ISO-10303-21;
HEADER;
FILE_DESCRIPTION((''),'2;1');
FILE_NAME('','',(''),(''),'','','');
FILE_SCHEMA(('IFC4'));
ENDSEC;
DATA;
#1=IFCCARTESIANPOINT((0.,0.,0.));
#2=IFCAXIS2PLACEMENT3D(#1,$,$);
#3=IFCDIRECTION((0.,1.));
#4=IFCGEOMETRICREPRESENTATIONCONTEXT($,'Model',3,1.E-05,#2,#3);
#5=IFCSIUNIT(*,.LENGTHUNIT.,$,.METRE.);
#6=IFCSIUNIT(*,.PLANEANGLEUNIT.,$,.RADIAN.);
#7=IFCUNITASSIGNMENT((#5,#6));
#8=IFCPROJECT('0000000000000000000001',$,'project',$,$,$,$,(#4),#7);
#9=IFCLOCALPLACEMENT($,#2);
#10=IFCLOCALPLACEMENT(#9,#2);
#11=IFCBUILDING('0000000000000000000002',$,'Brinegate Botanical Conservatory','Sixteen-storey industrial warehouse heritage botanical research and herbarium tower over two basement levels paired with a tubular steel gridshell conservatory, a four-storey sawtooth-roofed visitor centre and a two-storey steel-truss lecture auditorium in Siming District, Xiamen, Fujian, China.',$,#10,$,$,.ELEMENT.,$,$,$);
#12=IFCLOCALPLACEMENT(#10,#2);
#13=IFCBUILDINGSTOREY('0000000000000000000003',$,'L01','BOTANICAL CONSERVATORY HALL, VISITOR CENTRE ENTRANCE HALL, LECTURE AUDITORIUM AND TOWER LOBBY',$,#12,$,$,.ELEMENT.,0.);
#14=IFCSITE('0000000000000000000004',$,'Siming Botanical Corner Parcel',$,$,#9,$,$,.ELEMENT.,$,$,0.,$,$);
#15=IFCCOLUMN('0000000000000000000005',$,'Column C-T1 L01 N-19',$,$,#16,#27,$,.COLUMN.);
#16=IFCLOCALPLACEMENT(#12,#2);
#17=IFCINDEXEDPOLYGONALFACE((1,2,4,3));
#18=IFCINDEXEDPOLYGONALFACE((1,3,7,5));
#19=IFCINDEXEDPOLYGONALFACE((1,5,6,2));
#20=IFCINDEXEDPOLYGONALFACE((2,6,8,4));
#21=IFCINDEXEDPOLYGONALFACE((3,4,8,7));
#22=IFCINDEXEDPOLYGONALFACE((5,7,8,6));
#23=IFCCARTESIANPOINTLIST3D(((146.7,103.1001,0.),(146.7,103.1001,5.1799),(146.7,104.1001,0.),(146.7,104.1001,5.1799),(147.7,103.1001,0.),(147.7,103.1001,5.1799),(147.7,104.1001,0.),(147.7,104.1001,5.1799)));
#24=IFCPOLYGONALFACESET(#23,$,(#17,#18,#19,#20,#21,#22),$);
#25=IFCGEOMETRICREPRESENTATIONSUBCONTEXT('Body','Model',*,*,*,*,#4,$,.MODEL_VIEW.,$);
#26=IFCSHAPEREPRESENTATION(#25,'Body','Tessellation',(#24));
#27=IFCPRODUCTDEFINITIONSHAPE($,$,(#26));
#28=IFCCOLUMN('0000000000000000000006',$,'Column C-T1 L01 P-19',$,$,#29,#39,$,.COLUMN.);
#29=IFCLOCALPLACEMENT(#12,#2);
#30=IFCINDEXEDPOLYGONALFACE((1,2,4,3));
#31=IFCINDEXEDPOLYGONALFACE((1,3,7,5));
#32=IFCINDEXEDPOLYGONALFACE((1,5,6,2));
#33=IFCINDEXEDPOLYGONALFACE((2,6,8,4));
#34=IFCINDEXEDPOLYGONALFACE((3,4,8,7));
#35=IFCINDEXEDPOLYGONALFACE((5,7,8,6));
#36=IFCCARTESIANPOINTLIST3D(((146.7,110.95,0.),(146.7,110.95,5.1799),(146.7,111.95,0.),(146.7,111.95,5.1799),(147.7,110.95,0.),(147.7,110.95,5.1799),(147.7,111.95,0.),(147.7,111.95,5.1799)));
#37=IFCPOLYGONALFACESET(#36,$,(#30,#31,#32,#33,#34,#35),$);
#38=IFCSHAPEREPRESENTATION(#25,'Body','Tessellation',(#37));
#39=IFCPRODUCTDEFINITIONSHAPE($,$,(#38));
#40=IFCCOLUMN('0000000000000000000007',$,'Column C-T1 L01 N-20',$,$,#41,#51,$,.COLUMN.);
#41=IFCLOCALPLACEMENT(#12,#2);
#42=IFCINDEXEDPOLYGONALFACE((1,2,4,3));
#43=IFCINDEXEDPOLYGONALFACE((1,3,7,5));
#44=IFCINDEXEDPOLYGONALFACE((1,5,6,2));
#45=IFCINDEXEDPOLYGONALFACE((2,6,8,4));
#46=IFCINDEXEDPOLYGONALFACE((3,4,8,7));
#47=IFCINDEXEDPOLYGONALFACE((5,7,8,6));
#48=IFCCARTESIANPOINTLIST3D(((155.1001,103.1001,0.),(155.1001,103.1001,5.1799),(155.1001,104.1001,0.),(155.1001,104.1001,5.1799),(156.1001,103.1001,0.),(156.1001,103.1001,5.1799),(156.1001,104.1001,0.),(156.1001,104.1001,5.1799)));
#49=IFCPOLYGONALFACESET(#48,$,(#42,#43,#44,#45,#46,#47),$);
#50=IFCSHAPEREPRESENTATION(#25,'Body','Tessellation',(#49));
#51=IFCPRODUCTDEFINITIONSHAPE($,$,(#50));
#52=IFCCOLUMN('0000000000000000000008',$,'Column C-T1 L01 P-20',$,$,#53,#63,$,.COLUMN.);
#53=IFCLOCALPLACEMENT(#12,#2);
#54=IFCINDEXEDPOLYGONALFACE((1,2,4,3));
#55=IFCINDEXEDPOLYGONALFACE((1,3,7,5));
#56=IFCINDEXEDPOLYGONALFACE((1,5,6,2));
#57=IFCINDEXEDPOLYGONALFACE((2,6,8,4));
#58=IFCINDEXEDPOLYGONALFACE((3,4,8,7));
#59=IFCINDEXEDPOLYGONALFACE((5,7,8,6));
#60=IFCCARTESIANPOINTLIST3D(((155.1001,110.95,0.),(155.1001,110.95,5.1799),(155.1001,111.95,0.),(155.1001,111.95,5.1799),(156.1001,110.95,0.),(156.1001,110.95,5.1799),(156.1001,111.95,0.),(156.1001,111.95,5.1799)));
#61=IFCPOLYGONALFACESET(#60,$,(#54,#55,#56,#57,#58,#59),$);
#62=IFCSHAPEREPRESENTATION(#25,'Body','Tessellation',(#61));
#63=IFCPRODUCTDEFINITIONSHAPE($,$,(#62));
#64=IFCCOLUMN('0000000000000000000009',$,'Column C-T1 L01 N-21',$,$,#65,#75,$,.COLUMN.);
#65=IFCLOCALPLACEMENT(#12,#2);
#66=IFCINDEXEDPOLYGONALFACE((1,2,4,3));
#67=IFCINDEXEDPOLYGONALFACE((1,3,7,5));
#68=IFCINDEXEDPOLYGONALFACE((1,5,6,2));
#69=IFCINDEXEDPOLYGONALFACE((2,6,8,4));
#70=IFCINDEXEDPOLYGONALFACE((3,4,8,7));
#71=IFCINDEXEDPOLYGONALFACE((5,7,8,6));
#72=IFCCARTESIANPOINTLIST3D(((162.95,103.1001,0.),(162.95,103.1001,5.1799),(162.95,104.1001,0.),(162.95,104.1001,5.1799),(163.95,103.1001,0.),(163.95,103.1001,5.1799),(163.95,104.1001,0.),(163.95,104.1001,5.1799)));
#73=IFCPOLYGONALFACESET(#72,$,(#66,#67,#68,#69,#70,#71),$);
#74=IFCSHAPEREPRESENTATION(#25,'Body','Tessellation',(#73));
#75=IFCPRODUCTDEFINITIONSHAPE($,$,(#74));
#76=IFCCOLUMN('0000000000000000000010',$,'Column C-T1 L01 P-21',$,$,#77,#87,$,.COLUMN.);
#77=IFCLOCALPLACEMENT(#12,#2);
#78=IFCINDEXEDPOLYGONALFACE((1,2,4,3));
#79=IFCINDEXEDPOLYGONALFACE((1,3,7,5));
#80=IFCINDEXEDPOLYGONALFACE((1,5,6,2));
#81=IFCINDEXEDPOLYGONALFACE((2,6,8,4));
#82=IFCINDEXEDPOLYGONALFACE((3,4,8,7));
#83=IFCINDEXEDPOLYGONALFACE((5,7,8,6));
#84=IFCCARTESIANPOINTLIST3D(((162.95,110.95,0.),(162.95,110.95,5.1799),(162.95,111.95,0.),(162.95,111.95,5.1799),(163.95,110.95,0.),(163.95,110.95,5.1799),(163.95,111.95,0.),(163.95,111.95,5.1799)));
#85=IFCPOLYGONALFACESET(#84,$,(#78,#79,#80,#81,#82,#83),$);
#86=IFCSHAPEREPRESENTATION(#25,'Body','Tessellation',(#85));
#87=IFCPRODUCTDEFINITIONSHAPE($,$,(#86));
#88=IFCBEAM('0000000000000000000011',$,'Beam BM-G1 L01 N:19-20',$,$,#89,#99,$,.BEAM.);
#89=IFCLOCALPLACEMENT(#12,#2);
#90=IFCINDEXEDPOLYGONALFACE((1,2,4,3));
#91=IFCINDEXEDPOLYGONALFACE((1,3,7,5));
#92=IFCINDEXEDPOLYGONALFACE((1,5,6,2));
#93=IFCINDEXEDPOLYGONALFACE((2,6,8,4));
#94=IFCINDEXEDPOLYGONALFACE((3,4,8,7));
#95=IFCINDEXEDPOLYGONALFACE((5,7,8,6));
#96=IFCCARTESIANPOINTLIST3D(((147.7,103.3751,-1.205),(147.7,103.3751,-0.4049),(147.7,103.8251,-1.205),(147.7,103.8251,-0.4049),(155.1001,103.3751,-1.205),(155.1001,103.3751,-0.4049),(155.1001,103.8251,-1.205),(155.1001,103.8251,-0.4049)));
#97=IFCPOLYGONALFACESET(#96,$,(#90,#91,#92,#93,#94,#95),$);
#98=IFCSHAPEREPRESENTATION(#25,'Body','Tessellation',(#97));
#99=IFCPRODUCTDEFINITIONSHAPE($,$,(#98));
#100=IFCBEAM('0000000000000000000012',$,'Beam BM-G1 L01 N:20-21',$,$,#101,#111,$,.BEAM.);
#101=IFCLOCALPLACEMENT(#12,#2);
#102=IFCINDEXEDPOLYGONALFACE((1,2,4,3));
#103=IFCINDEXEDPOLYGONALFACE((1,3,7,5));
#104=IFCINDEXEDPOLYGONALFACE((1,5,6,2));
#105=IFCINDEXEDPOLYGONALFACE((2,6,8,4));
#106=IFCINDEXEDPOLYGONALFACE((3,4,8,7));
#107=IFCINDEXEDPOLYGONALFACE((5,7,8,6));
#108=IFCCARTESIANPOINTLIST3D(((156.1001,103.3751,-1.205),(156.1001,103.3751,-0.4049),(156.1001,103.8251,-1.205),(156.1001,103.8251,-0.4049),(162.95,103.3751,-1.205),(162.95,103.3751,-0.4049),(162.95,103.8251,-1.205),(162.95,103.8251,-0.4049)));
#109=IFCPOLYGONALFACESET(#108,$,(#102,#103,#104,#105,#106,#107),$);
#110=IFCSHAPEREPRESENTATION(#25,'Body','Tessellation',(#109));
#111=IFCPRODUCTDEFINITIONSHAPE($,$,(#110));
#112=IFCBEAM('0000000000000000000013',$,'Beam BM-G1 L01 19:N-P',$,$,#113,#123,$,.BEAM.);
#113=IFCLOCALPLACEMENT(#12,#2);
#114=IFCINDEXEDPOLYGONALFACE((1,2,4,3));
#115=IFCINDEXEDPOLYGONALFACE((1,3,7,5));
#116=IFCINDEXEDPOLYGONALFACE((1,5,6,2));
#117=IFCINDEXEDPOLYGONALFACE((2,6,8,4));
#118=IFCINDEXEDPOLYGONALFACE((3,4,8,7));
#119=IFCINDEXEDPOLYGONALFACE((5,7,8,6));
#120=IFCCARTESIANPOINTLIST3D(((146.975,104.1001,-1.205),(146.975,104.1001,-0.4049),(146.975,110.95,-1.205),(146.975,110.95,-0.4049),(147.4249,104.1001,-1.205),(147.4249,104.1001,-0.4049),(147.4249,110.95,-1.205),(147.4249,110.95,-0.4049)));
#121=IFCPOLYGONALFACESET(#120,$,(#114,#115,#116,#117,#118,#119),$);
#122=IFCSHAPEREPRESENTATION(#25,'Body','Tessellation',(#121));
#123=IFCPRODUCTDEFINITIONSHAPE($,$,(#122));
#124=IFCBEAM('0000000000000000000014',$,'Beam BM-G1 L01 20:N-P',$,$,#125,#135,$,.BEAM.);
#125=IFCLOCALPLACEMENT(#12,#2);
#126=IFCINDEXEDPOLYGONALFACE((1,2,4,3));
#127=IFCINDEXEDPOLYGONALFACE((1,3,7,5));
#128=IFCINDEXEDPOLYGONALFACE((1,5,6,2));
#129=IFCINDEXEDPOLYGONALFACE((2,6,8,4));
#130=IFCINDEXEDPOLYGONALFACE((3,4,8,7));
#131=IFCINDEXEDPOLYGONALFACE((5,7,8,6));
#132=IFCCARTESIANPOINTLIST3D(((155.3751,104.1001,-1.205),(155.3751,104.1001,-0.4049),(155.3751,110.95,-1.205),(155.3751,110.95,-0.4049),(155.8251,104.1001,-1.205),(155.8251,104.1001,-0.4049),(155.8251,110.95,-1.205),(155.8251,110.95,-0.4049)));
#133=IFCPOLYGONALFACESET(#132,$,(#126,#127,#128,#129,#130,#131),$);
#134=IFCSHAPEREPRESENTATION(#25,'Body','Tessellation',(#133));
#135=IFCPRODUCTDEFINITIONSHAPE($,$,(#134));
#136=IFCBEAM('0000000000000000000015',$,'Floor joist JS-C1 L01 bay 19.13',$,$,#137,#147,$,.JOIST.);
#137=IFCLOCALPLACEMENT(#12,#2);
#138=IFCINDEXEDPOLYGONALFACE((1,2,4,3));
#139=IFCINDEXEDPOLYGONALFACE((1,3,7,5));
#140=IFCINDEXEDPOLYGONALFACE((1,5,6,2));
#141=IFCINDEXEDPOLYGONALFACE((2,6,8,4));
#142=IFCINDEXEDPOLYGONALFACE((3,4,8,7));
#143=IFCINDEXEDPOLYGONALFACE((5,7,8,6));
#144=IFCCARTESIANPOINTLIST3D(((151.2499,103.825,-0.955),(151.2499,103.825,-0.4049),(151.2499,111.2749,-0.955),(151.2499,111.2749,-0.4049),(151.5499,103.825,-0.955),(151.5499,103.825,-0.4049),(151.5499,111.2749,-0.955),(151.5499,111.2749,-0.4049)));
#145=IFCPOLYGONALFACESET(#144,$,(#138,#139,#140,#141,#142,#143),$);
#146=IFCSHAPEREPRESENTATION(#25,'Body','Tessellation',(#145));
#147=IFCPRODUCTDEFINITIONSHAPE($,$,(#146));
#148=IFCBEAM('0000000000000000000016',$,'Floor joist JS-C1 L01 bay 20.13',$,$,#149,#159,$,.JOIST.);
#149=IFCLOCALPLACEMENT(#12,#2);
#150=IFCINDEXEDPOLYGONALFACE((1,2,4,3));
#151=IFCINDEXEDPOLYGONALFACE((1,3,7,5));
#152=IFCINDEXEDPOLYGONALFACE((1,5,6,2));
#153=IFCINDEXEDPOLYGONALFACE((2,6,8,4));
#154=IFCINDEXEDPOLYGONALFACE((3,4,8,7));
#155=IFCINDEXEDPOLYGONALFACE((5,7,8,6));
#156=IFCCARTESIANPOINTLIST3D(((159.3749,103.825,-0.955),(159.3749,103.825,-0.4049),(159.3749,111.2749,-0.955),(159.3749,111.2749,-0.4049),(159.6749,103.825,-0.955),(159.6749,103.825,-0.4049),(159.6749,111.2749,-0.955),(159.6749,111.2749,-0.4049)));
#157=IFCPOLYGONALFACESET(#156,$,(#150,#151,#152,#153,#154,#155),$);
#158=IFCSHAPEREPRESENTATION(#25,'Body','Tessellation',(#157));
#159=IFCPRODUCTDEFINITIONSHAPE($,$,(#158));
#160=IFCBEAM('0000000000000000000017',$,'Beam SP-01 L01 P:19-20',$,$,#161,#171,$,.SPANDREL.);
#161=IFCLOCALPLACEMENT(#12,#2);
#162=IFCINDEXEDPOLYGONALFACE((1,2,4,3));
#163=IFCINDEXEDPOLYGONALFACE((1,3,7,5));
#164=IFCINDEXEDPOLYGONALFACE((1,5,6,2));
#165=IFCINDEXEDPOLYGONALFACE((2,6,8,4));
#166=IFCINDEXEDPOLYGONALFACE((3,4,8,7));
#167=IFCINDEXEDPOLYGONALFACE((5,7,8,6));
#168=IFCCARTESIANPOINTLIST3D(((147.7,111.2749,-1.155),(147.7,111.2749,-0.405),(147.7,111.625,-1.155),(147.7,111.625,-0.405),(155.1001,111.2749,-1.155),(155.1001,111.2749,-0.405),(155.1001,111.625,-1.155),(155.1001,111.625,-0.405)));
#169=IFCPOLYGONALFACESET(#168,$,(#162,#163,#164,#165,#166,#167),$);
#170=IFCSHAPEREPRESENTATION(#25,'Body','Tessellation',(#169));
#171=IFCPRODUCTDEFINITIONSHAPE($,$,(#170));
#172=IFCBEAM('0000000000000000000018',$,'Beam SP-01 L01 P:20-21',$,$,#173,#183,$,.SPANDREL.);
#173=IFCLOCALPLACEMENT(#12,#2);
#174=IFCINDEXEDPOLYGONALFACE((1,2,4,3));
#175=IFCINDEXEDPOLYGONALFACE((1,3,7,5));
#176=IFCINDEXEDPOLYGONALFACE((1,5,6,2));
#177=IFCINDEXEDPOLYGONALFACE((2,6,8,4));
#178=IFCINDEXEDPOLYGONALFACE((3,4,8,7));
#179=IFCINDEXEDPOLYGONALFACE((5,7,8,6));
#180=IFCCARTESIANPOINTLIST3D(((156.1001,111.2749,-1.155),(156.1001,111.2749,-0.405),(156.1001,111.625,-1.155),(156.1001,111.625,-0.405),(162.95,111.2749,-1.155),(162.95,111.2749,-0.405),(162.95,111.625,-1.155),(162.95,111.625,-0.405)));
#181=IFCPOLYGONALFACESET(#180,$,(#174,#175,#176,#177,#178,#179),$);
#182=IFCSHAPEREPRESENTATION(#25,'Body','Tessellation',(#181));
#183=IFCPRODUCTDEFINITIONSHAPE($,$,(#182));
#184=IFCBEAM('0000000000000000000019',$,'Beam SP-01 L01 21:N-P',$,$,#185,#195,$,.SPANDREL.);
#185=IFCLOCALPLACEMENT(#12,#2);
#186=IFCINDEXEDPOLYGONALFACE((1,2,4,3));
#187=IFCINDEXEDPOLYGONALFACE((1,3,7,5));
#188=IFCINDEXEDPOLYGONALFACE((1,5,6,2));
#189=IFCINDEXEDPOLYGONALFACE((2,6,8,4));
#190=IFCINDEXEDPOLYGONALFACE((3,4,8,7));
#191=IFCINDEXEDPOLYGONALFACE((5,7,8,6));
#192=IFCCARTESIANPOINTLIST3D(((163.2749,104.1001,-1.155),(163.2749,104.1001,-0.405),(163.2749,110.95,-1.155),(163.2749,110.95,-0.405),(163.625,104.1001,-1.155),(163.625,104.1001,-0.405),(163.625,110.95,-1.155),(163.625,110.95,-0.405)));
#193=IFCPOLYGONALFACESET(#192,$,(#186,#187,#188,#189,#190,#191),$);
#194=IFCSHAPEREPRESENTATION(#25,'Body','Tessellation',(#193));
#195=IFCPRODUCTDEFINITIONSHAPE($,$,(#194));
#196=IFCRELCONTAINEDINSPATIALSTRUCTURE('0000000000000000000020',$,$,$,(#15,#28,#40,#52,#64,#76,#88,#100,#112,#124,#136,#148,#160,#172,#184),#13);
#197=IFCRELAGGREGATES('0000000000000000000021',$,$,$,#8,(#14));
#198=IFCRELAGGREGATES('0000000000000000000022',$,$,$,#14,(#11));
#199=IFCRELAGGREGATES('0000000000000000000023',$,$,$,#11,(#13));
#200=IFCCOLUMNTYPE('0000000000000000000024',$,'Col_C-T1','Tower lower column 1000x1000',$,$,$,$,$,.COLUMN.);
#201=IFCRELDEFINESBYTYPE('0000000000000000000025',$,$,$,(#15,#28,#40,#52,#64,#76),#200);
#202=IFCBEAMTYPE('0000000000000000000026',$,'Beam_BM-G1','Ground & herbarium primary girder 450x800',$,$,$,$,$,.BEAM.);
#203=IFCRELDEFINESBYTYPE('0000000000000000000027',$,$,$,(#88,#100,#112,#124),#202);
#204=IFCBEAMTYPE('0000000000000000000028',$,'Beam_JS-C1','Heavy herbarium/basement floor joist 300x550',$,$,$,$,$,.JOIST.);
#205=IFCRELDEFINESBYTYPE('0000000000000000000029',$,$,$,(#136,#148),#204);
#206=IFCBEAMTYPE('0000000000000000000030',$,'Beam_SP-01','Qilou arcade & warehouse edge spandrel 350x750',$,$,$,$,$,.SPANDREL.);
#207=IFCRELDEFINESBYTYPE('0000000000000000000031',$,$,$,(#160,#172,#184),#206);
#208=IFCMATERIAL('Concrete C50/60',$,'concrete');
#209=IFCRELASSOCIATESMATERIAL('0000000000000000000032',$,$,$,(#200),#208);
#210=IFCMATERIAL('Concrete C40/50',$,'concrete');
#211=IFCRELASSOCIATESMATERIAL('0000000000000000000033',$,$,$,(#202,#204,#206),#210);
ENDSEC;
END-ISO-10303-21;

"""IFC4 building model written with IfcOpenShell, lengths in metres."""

from ifc_helpers import new_model, si_unit, direction, frame, origin, origin_2d, place, context, subcontext, project, spatial, rectangle, extrude, material, material_profile, profile_set, type_object, element, save


model = new_model("IFC4")

# Units and contexts
model_context = context("Model", 3, precision=1e-05, world=origin(), true_north=direction((0.0, 1.0)))
body_context = subcontext(model_context, "Body", "Model", "MODEL_VIEW")
ifc_project = project(units=[si_unit("LENGTHUNIT", "METRE"), si_unit("PLANEANGLEUNIT", "RADIAN")], contexts=[model_context])

# Site, building, storey
site_placement = place(None, origin())
site = spatial("IfcSite", under=ifc_project, at=site_placement, Name="Siming Botanical Corner Parcel", CompositionType="ELEMENT", RefElevation=0.0)
building_placement = place(site_placement, origin())
building = spatial("IfcBuilding", under=site, at=building_placement, Name="Brinegate Botanical Conservatory", Description="Sixteen-storey industrial warehouse heritage botanical research and herbarium tower over two basement levels paired with a tubular steel gridshell conservatory, a four-storey sawtooth-roofed visitor centre and a two-storey steel-truss lecture auditorium in Siming District, Xiamen, Fujian, China.", CompositionType="ELEMENT")
storey_placement = place(building_placement, origin())
storey = spatial("IfcBuildingStorey", under=building, at=storey_placement, Name="L01", Description="BOTANICAL CONSERVATORY HALL, VISITOR CENTRE ENTRANCE HALL, LECTURE AUDITORIUM AND TOWER LOBBY", CompositionType="ELEMENT", Elevation=0.0)

# Columns
ifc_material_1 = material(Name="Concrete C50/60", Category="concrete")
ifc_material_profile_1 = material_profile(ifc_material_1, rectangle(XDim=1.0, YDim=1.0, at=origin_2d()), Name="RC COL 1000x1000")
ifc_profile_set_1 = profile_set([ifc_material_profile_1], Name="Concrete C50/60")
column_type = type_object("IfcColumnType", Name="Col_C-T1", Description="Tower lower column 1000x1000", PredefinedType="COLUMN", material=ifc_profile_set_1)
for number, where, z_axis, x_axis, name in (
    (1, (147.2, 103.6001, 0.0), (0.0, 0.0, 1.0), (1.0, 0.0, 0.0), "Column C-T1 L01 N-19"),
    (2, (147.2, 111.45, 0.0), (0.0, 0.0, 1.0), (1.0, 0.0, 0.0), "Column C-T1 L01 P-19"),
    (3, (155.6001, 103.6001, 0.0), (0.0, 0.0, 1.0), (1.0, 0.0, 0.0), "Column C-T1 L01 N-20"),
    (4, (155.6001, 111.45, 0.0), (0.0, 0.0, 1.0), (1.0, 0.0, 0.0), "Column C-T1 L01 P-20"),
    (5, (163.45, 103.6001, 0.0), (0.0, 0.0, 1.0), (1.0, 0.0, 0.0), "Column C-T1 L01 N-21"),
    (6, (163.45, 111.45, 0.0), (0.0, 0.0, 1.0), (1.0, 0.0, 0.0), "Column C-T1 L01 P-21"),
):
    element("IfcColumn", number, at=place(storey_placement, frame(where, z_axis=z_axis, x_axis=x_axis)), inside=storey, type_object=column_type, Name=name, PredefinedType="COLUMN", context=body_context, shape_type="SweptSolid", body=[
        extrude(rectangle(XDim=1.0, YDim=1.0, at=origin_2d()), origin(), (0.0, 0.0, 1.0), 5.1799),
    ])

# Beams
ifc_material_2 = material(Name="Concrete C40/50", Category="concrete")
ifc_material_profile_2 = material_profile(ifc_material_2, rectangle(XDim=0.45, YDim=0.8, at=origin_2d()), Name="RC BM 450x800")
ifc_profile_set_2 = profile_set([ifc_material_profile_2], Name="Concrete C40/50")
beam_type_1 = type_object("IfcBeamType", Name="Beam_BM-G1", Description="Ground & herbarium primary girder 450x800", PredefinedType="BEAM", material=ifc_profile_set_2)
beam_1_placement = place(storey_placement, frame((147.7, 103.6001, -0.8049), z_axis=(1.0, 0.0, 0.0), x_axis=(0.0, 1.0, 0.0)))
element("IfcBeam", 7, at=beam_1_placement, inside=storey, type_object=beam_type_1, Name="Beam BM-G1 L01 N:19-20", PredefinedType="BEAM", context=body_context, shape_type="SweptSolid", body=[
    extrude(rectangle(XDim=0.45, YDim=0.8, at=origin_2d()), origin(), (0.0, 0.0, 1.0), 7.4001),
])
for number, where, z_axis, x_axis, name in (
    (8, (156.1001, 103.6001, -0.8049), (1.0, 0.0, 0.0), (0.0, 1.0, 0.0), "Beam BM-G1 L01 N:20-21"),
    (9, (147.2, 104.1001, -0.8049), (0.0, 1.0, 0.0), (-1.0, 0.0, 0.0), "Beam BM-G1 L01 19:N-P"),
    (10, (155.6001, 104.1001, -0.8049), (0.0, 1.0, 0.0), (-1.0, 0.0, 0.0), "Beam BM-G1 L01 20:N-P"),
):
    element("IfcBeam", number, at=place(storey_placement, frame(where, z_axis=z_axis, x_axis=x_axis)), inside=storey, type_object=beam_type_1, Name=name, PredefinedType="BEAM", context=body_context, shape_type="SweptSolid", body=[
        extrude(rectangle(XDim=0.45, YDim=0.8, at=origin_2d()), origin(), (0.0, 0.0, 1.0), 6.8499),
    ])
ifc_material_profile_3 = material_profile(ifc_material_2, rectangle(XDim=0.3, YDim=0.55, at=origin_2d()), Name="RC JST 300x550")
ifc_profile_set_3 = profile_set([ifc_material_profile_3], Name="Concrete C40/50")
beam_type_2 = type_object("IfcBeamType", Name="Beam_JS-C1", Description="Heavy herbarium/basement floor joist 300x550", PredefinedType="JOIST", material=ifc_profile_set_3)
for number, where, z_axis, x_axis, name in (
    (11, (151.3999, 103.825, -0.6799), (0.0, 1.0, 0.0), (-1.0, 0.0, 0.0), "Floor joist JS-C1 L01 bay 19.13"),
    (12, (159.5249, 103.825, -0.6799), (0.0, 1.0, 0.0), (-1.0, 0.0, 0.0), "Floor joist JS-C1 L01 bay 20.13"),
):
    element("IfcBeam", number, at=place(storey_placement, frame(where, z_axis=z_axis, x_axis=x_axis)), inside=storey, type_object=beam_type_2, Name=name, PredefinedType="JOIST", context=body_context, shape_type="SweptSolid", body=[
        extrude(rectangle(XDim=0.3, YDim=0.55, at=origin_2d()), origin(), (0.0, 0.0, 1.0), 7.45),
    ])
ifc_material_profile_4 = material_profile(ifc_material_2, rectangle(XDim=0.3501, YDim=0.75, at=origin_2d()), Name="RC SPN 350x750")
ifc_profile_set_4 = profile_set([ifc_material_profile_4], Name="Concrete C40/50")
beam_type_3 = type_object("IfcBeamType", Name="Beam_SP-01", Description="Qilou arcade & warehouse edge spandrel 350x750", PredefinedType="SPANDREL", material=ifc_profile_set_4)
beam_2_placement = place(storey_placement, frame((147.7, 111.45, -0.78), z_axis=(1.0, 0.0, 0.0), x_axis=(0.0, 1.0, 0.0)))
element("IfcBeam", 13, at=beam_2_placement, inside=storey, type_object=beam_type_3, Name="Beam SP-01 L01 P:19-20", PredefinedType="SPANDREL", context=body_context, shape_type="SweptSolid", body=[
    extrude(rectangle(XDim=0.3501, YDim=0.75, at=origin_2d()), origin(), (0.0, 0.0, 1.0), 7.4001),
])
for number, where, z_axis, x_axis, name in (
    (14, (156.1001, 111.45, -0.78), (1.0, 0.0, 0.0), (0.0, 1.0, 0.0), "Beam SP-01 L01 P:20-21"),
    (15, (163.45, 104.1001, -0.78), (0.0, 1.0, 0.0), (-1.0, 0.0, 0.0), "Beam SP-01 L01 21:N-P"),
):
    element("IfcBeam", number, at=place(storey_placement, frame(where, z_axis=z_axis, x_axis=x_axis)), inside=storey, type_object=beam_type_3, Name=name, PredefinedType="SPANDREL", context=body_context, shape_type="SweptSolid", body=[
        extrude(rectangle(XDim=0.3501, YDim=0.75, at=origin_2d()), origin(), (0.0, 0.0, 1.0), 6.8499),
    ])

save(model, "model.ifc")
